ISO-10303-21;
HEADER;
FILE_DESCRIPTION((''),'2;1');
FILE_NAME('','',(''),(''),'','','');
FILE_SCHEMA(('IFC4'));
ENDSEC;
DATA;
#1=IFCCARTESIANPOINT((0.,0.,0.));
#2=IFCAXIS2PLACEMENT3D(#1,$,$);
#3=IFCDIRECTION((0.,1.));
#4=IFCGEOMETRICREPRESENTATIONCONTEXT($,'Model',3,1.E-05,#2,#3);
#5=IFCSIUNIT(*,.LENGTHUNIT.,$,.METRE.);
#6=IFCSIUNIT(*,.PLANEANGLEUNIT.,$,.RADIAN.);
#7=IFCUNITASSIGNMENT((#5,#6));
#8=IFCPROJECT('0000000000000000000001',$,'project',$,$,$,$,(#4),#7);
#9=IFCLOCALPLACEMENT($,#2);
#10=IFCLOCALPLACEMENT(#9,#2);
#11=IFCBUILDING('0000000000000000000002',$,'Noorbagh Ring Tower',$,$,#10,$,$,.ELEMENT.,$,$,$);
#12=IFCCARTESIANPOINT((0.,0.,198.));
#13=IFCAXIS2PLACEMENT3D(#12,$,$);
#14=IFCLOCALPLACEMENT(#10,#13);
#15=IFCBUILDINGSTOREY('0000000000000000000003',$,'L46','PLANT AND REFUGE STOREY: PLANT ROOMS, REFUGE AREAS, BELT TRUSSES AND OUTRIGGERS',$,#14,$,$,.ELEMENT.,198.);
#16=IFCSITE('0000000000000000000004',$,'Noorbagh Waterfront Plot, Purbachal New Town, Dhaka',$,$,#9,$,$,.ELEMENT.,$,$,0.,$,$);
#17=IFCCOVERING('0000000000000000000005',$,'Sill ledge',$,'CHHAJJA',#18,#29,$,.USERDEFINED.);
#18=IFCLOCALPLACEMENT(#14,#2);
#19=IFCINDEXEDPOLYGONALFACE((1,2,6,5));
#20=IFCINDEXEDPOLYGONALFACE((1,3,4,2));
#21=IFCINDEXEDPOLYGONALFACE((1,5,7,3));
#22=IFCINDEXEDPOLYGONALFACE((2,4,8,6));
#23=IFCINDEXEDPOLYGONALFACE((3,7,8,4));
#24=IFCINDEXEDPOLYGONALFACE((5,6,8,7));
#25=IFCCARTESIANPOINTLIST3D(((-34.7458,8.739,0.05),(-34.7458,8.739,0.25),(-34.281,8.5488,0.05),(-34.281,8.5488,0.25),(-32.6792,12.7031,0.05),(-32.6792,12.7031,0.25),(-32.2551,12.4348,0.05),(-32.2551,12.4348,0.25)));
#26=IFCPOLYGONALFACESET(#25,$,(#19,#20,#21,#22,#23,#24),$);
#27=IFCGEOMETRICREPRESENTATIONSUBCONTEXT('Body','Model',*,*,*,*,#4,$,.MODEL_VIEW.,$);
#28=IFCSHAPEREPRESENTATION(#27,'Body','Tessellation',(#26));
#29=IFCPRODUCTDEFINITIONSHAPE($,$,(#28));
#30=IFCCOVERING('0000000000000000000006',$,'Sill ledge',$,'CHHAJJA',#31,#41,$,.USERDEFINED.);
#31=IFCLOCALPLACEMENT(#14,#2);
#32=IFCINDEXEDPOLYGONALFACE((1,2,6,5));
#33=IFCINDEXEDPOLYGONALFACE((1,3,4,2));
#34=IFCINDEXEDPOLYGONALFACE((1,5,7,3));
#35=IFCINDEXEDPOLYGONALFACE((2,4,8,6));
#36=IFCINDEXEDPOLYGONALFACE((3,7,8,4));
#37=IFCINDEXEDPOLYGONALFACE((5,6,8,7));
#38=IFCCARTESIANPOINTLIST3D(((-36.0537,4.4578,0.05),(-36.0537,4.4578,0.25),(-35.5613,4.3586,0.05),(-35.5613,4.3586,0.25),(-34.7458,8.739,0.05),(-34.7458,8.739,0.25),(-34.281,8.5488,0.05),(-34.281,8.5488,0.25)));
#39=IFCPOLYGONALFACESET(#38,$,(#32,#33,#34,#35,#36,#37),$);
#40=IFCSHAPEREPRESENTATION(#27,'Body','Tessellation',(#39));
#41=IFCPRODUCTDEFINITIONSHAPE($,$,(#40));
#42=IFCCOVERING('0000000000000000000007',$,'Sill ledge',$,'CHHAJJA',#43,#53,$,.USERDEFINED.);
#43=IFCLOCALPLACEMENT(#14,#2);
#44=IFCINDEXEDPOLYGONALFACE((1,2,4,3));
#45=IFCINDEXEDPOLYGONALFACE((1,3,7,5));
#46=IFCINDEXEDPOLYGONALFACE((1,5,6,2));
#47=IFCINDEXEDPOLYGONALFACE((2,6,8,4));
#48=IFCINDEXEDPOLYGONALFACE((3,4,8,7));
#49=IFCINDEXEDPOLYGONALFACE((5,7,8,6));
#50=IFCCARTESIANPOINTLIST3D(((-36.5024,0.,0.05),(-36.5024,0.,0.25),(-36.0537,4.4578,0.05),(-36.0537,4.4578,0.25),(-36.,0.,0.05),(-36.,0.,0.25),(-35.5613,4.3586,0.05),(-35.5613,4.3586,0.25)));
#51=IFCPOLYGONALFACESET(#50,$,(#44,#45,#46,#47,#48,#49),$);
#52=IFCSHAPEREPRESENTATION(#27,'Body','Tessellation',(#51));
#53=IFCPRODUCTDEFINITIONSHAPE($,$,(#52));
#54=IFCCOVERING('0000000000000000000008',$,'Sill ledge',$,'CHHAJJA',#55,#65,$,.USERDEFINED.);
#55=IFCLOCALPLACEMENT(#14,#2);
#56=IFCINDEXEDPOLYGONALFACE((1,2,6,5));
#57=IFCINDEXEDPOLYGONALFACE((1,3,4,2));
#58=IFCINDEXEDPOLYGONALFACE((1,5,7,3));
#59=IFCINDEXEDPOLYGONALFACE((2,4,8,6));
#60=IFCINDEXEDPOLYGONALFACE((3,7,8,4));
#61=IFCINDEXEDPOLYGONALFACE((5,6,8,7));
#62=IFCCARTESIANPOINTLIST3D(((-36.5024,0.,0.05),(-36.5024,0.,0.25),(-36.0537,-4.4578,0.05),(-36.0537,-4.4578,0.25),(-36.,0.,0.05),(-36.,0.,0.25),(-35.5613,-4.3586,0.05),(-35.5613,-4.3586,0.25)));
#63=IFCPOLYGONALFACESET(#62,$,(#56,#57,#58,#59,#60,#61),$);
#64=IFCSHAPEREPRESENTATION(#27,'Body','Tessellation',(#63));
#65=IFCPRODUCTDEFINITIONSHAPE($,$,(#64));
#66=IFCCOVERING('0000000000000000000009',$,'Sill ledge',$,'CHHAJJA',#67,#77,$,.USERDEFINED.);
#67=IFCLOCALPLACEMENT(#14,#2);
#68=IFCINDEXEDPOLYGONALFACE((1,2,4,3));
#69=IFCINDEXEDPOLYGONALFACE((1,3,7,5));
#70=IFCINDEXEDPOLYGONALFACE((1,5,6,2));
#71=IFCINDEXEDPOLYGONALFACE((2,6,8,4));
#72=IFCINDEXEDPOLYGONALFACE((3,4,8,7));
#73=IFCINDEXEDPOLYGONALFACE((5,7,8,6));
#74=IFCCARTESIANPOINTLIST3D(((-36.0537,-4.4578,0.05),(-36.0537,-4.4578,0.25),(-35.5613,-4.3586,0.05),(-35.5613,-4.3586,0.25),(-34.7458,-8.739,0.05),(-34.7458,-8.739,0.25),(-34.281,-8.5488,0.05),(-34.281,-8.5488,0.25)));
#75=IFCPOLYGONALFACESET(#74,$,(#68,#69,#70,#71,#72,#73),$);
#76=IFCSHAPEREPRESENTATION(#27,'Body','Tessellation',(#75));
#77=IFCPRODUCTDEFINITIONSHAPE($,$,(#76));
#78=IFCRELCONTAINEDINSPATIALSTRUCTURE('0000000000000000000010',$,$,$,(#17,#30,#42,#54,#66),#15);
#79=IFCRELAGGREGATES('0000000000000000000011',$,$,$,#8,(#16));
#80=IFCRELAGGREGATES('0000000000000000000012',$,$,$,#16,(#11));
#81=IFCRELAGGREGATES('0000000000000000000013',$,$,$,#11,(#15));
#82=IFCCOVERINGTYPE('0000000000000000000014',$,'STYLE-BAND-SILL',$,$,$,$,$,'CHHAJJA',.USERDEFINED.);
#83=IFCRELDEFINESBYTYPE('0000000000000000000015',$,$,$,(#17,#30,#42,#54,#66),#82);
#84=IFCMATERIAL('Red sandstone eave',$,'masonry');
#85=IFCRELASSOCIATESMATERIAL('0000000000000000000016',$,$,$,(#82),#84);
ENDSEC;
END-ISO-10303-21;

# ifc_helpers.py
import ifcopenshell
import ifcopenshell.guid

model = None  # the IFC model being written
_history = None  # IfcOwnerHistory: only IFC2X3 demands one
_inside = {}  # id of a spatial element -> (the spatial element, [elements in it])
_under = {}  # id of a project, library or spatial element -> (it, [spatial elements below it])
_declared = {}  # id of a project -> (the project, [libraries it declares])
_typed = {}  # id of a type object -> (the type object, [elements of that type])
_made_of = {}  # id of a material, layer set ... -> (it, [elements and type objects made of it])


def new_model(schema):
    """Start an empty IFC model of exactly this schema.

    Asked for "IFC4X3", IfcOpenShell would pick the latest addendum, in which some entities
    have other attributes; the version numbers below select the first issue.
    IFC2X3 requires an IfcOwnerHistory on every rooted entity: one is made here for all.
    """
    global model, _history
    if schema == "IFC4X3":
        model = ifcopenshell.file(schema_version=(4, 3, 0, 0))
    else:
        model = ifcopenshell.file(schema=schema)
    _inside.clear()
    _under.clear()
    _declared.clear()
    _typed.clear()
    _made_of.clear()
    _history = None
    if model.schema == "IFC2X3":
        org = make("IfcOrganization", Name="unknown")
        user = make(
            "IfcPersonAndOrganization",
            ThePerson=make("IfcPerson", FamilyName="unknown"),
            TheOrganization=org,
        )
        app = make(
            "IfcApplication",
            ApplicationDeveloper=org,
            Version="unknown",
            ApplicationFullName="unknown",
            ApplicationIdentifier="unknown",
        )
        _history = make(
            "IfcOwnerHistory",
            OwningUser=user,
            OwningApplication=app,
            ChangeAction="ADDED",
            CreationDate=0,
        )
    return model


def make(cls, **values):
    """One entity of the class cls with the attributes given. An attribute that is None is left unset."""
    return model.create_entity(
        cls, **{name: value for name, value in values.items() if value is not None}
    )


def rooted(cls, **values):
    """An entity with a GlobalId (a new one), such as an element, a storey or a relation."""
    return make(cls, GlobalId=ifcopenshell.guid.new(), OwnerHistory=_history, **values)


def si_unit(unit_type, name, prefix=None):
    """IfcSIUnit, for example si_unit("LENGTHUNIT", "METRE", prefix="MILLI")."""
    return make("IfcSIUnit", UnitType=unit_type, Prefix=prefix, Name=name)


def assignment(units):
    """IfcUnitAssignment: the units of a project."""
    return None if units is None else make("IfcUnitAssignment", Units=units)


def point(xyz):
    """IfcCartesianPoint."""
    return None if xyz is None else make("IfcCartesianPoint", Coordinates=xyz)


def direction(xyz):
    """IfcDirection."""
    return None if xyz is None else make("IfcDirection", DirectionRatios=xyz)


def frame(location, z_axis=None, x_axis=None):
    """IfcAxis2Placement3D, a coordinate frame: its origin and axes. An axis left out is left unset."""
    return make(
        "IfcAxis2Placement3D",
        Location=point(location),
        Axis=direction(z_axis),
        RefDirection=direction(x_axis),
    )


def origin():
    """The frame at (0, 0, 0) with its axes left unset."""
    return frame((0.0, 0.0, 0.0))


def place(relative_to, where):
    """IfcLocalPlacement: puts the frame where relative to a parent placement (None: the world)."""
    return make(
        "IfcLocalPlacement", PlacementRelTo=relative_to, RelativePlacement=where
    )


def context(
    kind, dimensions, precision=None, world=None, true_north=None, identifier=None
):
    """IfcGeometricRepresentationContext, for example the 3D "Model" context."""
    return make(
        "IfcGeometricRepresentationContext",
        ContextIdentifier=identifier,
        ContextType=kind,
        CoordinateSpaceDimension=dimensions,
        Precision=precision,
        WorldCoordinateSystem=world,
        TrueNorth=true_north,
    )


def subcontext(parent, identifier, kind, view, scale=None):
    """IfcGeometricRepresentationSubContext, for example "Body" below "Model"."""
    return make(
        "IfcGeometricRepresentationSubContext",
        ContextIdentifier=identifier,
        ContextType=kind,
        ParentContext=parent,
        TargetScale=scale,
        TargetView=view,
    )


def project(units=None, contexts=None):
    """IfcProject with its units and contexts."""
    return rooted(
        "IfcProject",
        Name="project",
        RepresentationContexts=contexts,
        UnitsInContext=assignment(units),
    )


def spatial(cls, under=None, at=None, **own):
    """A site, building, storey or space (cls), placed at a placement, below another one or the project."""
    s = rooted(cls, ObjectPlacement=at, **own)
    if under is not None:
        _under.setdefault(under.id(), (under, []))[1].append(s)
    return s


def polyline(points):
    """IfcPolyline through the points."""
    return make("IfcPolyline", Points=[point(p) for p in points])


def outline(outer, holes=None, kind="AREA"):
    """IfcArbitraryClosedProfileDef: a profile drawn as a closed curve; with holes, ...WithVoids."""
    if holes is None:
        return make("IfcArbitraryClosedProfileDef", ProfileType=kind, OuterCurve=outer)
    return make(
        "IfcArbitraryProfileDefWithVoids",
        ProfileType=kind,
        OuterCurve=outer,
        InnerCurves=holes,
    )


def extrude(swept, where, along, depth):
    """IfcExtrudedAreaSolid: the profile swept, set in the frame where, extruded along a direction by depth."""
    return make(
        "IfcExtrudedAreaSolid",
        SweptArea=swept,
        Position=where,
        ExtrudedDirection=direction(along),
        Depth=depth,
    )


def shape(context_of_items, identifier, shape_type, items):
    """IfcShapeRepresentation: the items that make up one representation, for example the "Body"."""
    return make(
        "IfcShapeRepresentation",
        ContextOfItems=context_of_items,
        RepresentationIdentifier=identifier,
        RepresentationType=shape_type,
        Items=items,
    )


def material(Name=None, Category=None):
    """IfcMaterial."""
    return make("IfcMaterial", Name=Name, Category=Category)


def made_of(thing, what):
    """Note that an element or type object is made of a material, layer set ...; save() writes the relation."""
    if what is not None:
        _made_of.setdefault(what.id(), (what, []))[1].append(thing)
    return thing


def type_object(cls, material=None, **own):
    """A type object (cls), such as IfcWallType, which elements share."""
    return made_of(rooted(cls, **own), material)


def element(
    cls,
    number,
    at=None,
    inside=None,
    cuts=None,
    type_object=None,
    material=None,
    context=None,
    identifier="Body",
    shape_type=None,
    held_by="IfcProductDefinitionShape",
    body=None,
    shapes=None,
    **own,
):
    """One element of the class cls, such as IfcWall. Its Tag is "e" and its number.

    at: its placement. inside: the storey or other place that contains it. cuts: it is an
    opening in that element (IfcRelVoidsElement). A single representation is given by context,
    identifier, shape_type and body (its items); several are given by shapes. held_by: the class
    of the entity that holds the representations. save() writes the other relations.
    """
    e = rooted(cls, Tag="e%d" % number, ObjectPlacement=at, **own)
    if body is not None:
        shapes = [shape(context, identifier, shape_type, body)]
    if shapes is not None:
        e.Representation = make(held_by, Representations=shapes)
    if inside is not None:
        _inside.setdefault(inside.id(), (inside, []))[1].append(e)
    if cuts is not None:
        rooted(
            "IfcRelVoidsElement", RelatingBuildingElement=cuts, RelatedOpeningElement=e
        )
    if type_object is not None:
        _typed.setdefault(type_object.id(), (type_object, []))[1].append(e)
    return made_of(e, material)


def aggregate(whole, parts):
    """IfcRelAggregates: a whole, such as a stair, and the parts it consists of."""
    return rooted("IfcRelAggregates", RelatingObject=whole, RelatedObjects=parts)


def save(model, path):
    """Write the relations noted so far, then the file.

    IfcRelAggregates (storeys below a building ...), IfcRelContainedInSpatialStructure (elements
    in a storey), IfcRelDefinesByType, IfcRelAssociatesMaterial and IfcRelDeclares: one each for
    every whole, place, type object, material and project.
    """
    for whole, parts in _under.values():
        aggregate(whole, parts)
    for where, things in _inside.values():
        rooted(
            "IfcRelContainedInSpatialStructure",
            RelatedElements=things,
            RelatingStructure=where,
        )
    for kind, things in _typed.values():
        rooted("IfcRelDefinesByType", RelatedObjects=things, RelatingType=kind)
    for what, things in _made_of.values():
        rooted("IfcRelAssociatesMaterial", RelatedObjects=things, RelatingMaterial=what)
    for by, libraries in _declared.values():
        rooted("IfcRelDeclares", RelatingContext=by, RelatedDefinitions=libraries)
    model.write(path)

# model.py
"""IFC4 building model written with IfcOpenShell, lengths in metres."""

from ifc_helpers import new_model, si_unit, direction, frame, origin, place, context, subcontext, project, spatial, polyline, outline, extrude, material, type_object, element, save


model = new_model("IFC4")

# Units and contexts
model_context = context("Model", 3, precision=1e-05, world=origin(), true_north=direction((0.0, 1.0)))
body_context = subcontext(model_context, "Body", "Model", "MODEL_VIEW")
ifc_project = project(units=[si_unit("LENGTHUNIT", "METRE"), si_unit("PLANEANGLEUNIT", "RADIAN")], contexts=[model_context])

# Site, building, storey
site_placement = place(None, origin())
site = spatial("IfcSite", under=ifc_project, at=site_placement, Name="Noorbagh Waterfront Plot, Purbachal New Town, Dhaka", CompositionType="ELEMENT", RefElevation=0.0)
building_placement = place(site_placement, origin())
building = spatial("IfcBuilding", under=site, at=building_placement, Name="Noorbagh Ring Tower", CompositionType="ELEMENT")
storey_placement = place(building_placement, frame((0.0, 0.0, 198.0)))
storey = spatial("IfcBuildingStorey", under=building, at=storey_placement, Name="L46", Description="PLANT AND REFUGE STOREY: PLANT ROOMS, REFUGE AREAS, BELT TRUSSES AND OUTRIGGERS", CompositionType="ELEMENT", Elevation=198.0)

# Coverings
ifc_material = material(Name="Red sandstone eave", Category="masonry")
covering_type = type_object("IfcCoveringType", Name="STYLE-BAND-SILL", ElementType="CHHAJJA", PredefinedType="USERDEFINED", material=ifc_material)
covering_1_placement = place(storey_placement, frame((0.0, 0.0, 0.05)))
element("IfcCovering", 1, at=covering_1_placement, inside=storey, type_object=covering_type, Name="Sill ledge", ObjectType="CHHAJJA", PredefinedType="USERDEFINED", context=body_context, shape_type="SweptSolid", body=[
    extrude(outline(polyline([(-32.2551, 12.4348), (-34.281, 8.5488), (-34.7458, 8.739), (-32.6792, 12.7031), (-32.2551, 12.4348)])), origin(), (0.0, 0.0, 1.0), 0.2),
])
covering_2_placement = place(storey_placement, frame((0.0, 0.0, 0.05)))
element("IfcCovering", 2, at=covering_2_placement, inside=storey, type_object=covering_type, Name="Sill ledge", ObjectType="CHHAJJA", PredefinedType="USERDEFINED", context=body_context, shape_type="SweptSolid", body=[
    extrude(outline(polyline([(-34.281, 8.5488), (-35.5613, 4.3586), (-36.0537, 4.4578), (-34.7458, 8.739), (-34.281, 8.5488)])), origin(), (0.0, 0.0, 1.0), 0.2),
])
covering_3_placement = place(storey_placement, frame((0.0, 0.0, 0.05)))
element("IfcCovering", 3, at=covering_3_placement, inside=storey, type_object=covering_type, Name="Sill ledge", ObjectType="CHHAJJA", PredefinedType="USERDEFINED", context=body_context, shape_type="SweptSolid", body=[
    extrude(outline(polyline([(-35.5613, 4.3586), (-36.0, 0.0), (-36.5024, 0.0), (-36.0537, 4.4578), (-35.5613, 4.3586)])), origin(), (0.0, 0.0, 1.0), 0.2),
])
covering_4_placement = place(storey_placement, frame((0.0, 0.0, 0.05)))
element("IfcCovering", 4, at=covering_4_placement, inside=storey, type_object=covering_type, Name="Sill ledge", ObjectType="CHHAJJA", PredefinedType="USERDEFINED", context=body_context, shape_type="SweptSolid", body=[
    extrude(outline(polyline([(-36.0, 0.0), (-35.5613, -4.3586), (-36.0537, -4.4578), (-36.5024, 0.0), (-36.0, 0.0)])), origin(), (0.0, 0.0, 1.0), 0.2),
])
covering_5_placement = place(storey_placement, frame((0.0, 0.0, 0.05)))
element("IfcCovering", 5, at=covering_5_placement, inside=storey, type_object=covering_type, Name="Sill ledge", ObjectType="CHHAJJA", PredefinedType="USERDEFINED", context=body_context, shape_type="SweptSolid", body=[
    extrude(outline(polyline([(-35.5613, -4.3586), (-34.281, -8.5488), (-34.7458, -8.739), (-36.0537, -4.4578), (-35.5613, -4.3586)])), origin(), (0.0, 0.0, 1.0), 0.2),
])

save(model, "model.ifc")
